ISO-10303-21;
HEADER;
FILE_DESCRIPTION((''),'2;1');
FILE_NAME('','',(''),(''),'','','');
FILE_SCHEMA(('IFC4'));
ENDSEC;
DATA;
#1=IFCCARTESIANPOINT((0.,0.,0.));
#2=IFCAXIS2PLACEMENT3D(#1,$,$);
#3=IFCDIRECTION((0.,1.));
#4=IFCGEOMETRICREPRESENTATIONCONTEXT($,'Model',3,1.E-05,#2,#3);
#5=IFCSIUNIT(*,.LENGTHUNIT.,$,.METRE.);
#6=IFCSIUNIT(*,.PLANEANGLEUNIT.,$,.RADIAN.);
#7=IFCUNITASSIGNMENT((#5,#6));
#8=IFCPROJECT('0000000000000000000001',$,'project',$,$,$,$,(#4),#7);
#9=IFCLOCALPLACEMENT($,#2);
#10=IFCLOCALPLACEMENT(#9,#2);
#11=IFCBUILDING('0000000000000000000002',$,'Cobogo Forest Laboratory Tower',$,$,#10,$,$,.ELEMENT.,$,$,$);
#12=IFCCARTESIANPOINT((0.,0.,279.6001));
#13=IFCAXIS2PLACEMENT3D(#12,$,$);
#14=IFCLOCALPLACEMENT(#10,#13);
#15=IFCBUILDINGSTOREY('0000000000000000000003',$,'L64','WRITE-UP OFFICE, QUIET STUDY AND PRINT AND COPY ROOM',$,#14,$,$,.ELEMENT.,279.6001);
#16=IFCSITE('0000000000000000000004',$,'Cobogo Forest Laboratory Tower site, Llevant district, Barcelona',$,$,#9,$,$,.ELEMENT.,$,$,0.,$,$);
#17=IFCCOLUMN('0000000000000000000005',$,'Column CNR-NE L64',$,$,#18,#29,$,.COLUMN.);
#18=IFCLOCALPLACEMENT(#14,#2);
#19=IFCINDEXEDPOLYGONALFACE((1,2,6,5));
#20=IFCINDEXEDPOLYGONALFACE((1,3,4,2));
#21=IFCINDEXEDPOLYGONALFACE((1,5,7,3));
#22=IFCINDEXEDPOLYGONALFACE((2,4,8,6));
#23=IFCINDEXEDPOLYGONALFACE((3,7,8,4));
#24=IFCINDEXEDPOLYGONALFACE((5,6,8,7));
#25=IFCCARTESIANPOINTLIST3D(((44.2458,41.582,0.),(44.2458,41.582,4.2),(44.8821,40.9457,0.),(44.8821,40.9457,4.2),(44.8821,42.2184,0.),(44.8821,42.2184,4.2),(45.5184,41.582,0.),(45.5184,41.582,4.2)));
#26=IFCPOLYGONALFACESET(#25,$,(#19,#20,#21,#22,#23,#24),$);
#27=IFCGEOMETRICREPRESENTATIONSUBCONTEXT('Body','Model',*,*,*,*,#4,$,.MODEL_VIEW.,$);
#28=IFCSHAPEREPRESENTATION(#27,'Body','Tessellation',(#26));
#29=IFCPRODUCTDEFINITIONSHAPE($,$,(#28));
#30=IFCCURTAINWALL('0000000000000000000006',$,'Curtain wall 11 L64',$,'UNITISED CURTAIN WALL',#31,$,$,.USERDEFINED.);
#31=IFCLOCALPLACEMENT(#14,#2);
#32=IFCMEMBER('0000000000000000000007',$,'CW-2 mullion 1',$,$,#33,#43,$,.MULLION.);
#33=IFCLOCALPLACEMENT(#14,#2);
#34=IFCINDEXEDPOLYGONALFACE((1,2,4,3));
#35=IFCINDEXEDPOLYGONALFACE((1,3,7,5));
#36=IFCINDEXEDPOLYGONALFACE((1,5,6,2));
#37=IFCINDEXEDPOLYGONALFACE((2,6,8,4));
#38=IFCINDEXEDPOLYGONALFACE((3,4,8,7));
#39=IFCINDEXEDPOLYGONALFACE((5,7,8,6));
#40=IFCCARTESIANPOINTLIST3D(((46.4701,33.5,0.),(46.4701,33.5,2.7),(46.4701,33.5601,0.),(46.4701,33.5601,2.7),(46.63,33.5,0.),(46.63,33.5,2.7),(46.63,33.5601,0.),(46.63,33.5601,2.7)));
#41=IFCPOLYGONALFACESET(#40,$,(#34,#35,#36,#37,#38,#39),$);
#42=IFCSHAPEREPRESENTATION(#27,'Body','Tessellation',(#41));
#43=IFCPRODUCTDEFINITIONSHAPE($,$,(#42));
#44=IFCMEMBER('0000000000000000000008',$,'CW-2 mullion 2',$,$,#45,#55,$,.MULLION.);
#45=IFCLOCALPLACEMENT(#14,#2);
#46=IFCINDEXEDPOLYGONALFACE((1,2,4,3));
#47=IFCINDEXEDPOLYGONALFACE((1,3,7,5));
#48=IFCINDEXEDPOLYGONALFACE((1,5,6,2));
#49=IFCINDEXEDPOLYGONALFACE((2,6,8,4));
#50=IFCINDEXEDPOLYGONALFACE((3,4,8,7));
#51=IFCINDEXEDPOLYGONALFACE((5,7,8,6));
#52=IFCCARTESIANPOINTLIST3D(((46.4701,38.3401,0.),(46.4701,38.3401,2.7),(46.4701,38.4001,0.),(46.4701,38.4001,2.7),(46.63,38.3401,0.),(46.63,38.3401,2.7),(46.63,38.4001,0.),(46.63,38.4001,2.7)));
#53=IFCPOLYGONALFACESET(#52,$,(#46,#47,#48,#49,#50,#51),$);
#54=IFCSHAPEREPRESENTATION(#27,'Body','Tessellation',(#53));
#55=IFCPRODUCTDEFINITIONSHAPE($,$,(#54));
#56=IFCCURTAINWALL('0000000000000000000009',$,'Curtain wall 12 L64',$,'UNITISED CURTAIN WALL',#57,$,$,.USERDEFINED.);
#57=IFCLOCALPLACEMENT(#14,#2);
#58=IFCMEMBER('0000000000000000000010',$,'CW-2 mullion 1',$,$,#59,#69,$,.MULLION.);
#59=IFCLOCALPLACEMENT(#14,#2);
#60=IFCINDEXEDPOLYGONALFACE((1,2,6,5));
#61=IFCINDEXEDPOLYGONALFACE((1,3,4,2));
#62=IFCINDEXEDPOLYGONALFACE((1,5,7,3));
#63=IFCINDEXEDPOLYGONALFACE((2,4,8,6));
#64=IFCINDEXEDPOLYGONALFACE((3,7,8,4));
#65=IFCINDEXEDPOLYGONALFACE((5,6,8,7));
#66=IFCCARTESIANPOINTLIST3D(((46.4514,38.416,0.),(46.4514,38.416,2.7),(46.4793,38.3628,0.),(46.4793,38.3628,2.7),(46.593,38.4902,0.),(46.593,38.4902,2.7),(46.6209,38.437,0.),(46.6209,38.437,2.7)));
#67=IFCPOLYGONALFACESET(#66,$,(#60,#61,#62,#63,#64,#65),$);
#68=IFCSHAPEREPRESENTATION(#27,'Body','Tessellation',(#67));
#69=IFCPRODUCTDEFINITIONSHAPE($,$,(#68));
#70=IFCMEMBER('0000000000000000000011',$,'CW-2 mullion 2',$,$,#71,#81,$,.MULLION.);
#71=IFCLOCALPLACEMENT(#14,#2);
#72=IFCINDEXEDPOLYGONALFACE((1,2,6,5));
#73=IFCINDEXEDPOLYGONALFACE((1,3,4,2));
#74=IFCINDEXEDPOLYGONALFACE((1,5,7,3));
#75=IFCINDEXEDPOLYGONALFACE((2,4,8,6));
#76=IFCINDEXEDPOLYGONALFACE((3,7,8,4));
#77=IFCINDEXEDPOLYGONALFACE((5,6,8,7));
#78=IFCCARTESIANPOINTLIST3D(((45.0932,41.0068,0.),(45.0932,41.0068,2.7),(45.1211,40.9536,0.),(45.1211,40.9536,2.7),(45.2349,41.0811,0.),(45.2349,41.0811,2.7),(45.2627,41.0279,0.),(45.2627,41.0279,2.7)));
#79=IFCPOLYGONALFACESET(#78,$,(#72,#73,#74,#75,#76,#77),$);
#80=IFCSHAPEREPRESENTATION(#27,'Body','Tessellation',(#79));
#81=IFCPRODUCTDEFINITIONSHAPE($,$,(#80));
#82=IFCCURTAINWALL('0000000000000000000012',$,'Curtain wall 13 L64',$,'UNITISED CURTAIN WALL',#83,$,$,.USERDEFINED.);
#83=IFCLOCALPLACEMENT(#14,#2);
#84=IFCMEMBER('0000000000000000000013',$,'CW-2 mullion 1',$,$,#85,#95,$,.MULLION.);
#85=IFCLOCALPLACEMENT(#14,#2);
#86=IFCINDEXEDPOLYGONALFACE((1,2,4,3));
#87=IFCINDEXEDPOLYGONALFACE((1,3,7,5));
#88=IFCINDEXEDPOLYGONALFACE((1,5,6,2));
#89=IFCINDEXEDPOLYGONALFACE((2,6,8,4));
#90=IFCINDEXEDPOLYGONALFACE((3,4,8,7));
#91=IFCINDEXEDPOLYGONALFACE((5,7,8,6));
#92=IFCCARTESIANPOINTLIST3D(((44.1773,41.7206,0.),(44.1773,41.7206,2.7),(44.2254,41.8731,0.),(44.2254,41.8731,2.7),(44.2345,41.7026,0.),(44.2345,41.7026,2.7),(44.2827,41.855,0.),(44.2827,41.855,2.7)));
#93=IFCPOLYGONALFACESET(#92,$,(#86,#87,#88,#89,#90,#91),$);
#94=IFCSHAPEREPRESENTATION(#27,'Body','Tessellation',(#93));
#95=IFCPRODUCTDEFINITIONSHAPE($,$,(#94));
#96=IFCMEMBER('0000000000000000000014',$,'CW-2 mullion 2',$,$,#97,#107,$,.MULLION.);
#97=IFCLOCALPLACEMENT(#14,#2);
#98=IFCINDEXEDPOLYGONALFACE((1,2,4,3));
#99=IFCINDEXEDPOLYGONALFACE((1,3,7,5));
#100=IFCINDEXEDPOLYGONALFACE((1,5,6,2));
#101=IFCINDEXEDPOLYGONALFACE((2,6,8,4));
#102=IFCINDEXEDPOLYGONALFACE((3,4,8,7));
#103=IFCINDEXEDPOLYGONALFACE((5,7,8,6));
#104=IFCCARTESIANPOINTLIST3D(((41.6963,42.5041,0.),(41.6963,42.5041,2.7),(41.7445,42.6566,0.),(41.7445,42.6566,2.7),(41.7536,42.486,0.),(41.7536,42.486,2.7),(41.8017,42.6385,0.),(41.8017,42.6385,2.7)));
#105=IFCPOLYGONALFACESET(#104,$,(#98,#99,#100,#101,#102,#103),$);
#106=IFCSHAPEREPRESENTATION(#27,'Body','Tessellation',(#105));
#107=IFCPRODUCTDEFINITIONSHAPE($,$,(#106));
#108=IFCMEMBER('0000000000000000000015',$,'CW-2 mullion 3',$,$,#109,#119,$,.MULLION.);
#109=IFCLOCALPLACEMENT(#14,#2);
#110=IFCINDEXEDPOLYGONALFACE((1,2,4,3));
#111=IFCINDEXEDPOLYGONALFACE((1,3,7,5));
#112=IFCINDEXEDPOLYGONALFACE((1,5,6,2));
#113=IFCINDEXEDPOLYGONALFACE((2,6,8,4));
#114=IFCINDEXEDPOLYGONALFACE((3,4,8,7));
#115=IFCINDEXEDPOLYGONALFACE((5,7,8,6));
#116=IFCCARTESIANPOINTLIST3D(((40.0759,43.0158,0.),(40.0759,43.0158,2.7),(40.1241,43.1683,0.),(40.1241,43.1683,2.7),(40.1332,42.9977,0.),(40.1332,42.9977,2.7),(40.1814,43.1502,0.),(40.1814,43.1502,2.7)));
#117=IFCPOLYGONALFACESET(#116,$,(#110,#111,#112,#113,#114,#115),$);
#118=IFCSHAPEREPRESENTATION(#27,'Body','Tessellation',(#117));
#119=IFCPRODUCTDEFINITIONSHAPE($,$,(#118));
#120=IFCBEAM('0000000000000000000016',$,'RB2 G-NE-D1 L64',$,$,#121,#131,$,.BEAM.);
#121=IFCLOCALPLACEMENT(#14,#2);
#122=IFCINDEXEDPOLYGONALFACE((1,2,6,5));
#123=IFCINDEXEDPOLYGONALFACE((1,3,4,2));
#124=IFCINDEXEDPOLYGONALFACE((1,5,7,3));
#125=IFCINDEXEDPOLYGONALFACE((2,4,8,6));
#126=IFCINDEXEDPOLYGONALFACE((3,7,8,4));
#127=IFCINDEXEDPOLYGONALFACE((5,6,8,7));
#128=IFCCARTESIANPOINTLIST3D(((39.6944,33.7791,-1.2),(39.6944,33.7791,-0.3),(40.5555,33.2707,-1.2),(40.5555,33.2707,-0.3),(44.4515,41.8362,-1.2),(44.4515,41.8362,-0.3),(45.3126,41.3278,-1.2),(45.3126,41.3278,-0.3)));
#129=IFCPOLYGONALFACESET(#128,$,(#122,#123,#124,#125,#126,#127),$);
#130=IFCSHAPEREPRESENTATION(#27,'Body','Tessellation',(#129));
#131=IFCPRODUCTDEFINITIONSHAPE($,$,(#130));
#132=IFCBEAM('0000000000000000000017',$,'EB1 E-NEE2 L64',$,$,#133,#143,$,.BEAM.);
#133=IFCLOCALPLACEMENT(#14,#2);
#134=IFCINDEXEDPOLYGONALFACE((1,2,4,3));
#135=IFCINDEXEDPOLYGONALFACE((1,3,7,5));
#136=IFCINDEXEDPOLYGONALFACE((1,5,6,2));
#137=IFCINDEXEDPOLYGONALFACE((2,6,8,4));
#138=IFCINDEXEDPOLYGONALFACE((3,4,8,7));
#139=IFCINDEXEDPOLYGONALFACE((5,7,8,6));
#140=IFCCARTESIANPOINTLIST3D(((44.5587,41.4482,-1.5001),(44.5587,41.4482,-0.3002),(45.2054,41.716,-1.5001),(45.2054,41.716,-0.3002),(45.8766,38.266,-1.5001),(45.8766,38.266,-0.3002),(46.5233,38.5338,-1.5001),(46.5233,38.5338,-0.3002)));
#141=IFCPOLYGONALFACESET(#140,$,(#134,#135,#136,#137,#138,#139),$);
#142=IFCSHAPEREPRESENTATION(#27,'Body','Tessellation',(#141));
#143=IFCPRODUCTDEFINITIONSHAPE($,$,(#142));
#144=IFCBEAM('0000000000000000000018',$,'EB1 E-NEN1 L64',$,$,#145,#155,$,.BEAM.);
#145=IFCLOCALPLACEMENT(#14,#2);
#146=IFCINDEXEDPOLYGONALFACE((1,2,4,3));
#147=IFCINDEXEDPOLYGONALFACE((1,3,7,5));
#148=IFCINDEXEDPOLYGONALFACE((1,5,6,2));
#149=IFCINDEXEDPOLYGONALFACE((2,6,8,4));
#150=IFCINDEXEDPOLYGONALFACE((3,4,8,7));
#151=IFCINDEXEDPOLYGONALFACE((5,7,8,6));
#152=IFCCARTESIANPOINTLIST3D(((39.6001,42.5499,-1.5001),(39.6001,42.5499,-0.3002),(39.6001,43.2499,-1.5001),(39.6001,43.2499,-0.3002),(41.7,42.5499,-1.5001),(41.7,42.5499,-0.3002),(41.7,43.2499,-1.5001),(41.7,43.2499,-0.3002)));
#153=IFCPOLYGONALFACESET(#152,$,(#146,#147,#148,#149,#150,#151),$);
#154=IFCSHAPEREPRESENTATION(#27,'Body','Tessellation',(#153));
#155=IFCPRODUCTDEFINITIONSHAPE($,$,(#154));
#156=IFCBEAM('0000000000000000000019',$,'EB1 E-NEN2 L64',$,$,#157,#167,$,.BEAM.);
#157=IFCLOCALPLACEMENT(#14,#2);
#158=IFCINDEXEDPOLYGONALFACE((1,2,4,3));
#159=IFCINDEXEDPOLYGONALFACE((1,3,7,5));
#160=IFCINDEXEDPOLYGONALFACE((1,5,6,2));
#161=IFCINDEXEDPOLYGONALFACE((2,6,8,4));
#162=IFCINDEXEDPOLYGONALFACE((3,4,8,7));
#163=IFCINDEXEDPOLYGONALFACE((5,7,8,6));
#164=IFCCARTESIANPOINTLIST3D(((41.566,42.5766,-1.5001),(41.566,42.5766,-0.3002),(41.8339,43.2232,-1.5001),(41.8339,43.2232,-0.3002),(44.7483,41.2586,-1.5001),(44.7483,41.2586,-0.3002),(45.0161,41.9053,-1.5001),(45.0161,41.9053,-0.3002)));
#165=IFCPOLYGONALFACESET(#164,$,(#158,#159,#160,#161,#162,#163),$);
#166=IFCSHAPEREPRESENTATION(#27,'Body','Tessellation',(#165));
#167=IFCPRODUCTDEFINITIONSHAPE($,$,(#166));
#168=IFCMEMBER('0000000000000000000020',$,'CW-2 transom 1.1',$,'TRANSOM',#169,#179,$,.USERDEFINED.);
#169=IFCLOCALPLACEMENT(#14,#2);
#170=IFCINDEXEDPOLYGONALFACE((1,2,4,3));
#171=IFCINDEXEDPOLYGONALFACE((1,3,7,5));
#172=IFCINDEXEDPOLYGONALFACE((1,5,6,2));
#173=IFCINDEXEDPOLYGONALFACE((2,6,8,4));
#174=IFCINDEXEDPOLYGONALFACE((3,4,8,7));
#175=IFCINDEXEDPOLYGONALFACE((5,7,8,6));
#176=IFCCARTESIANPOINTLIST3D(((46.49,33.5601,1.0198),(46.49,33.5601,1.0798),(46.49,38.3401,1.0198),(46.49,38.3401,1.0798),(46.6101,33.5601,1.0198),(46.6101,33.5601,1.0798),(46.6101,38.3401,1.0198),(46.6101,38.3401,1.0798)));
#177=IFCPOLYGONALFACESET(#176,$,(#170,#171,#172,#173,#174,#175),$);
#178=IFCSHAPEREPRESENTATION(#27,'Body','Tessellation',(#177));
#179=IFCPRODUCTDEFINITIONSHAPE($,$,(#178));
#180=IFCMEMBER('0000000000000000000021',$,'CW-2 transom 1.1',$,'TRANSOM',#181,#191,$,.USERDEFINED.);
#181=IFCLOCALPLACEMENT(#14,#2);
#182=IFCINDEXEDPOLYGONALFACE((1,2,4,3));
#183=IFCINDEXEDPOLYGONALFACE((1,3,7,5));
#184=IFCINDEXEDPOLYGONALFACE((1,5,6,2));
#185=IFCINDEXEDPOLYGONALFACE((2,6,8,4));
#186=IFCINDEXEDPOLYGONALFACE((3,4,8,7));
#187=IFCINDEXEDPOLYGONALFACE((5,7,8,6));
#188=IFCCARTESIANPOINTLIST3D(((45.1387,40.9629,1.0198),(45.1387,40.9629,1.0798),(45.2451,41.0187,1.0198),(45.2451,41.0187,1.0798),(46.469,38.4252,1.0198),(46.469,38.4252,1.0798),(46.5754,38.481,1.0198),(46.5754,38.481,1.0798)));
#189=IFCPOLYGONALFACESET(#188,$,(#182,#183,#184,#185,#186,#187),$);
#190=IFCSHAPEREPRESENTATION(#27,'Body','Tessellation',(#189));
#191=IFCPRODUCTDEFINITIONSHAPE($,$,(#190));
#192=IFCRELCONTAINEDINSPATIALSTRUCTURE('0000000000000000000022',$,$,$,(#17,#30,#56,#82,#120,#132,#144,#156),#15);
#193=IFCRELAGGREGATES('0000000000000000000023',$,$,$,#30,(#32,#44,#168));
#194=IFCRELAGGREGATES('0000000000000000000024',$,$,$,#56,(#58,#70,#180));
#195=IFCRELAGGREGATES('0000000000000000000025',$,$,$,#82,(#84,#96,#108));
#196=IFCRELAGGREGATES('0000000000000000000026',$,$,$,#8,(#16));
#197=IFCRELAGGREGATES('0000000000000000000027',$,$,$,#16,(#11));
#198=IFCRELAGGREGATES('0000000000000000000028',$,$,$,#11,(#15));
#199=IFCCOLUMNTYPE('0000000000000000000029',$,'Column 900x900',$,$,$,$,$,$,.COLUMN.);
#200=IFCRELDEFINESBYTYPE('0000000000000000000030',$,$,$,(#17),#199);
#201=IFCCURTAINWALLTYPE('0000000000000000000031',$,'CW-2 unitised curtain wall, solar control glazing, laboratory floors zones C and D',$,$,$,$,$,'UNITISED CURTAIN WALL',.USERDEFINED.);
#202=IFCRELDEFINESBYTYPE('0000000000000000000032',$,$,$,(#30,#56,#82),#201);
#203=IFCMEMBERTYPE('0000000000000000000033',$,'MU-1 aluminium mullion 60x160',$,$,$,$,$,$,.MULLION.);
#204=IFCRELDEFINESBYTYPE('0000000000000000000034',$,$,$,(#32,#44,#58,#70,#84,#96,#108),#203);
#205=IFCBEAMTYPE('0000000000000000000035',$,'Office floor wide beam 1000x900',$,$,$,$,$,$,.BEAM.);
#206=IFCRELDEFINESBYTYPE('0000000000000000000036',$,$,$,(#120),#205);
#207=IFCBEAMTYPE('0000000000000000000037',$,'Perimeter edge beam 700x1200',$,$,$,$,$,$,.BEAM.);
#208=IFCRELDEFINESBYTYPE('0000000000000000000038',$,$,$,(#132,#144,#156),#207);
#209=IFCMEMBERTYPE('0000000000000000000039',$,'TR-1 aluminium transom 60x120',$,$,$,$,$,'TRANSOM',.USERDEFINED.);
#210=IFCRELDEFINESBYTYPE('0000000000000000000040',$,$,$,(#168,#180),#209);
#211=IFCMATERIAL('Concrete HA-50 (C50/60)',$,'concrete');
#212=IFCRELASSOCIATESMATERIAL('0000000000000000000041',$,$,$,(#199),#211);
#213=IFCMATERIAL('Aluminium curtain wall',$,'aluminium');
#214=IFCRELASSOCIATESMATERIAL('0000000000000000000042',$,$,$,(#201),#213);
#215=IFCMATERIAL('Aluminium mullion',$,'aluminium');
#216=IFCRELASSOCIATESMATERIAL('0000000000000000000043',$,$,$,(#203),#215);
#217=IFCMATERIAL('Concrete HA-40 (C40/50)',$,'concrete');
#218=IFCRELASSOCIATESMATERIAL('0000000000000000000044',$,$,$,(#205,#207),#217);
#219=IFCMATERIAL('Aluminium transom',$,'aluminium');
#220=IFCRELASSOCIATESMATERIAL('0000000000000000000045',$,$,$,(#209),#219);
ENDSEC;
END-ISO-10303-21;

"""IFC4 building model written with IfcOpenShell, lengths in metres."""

from ifc_helpers import new_model, si_unit, direction, frame, origin, origin_2d, place, context, subcontext, project, spatial, rectangle, extrude, material, material_profile, profile_set, type_object, element, aggregate, save


model = new_model("IFC4")

# Units and contexts
model_context = context("Model", 3, precision=1e-05, world=origin(), true_north=direction((0.0, 1.0)))
body_context = subcontext(model_context, "Body", "Model", "MODEL_VIEW")
ifc_project = project(units=[si_unit("LENGTHUNIT", "METRE"), si_unit("PLANEANGLEUNIT", "RADIAN")], contexts=[model_context])

# Site, building, storey
site_placement = place(None, origin())
site = spatial("IfcSite", under=ifc_project, at=site_placement, Name="Cobogo Forest Laboratory Tower site, Llevant district, Barcelona", CompositionType="ELEMENT", RefElevation=0.0)
building_placement = place(site_placement, origin())
building = spatial("IfcBuilding", under=site, at=building_placement, Name="Cobogo Forest Laboratory Tower", CompositionType="ELEMENT")
storey_placement = place(building_placement, frame((0.0, 0.0, 279.6001)))
storey = spatial("IfcBuildingStorey", under=building, at=storey_placement, Name="L64", Description="WRITE-UP OFFICE, QUIET STUDY AND PRINT AND COPY ROOM", CompositionType="ELEMENT", Elevation=279.6001)

# Column
ifc_material_1 = material(Name="Concrete HA-50 (C50/60)", Category="concrete")
ifc_material_profile_1 = material_profile(ifc_material_1, rectangle(XDim=0.8999, YDim=0.8999, at=origin_2d()), Name="RC 900x900")
ifc_profile_set_1 = profile_set([ifc_material_profile_1], Name="Concrete HA-50 (C50/60)")
column_type = type_object("IfcColumnType", Name="Column 900x900", PredefinedType="COLUMN", material=ifc_profile_set_1)
column_placement = place(storey_placement, frame((44.8821, 41.582, 0.0), z_axis=(0.0, 0.0, 1.0), x_axis=(0.707107, 0.707107, 0.0)))
element("IfcColumn", 1, at=column_placement, inside=storey, type_object=column_type, Name="Column CNR-NE L64", PredefinedType="COLUMN", context=body_context, shape_type="SweptSolid", body=[
    extrude(rectangle(XDim=0.8999, YDim=0.8999, at=origin_2d()), origin(), (0.0, 0.0, 1.0), 4.2),
])

# Curtain walls, members
ifc_material_2 = material(Name="Aluminium curtain wall", Category="aluminium")
curtain_wall_type = type_object("IfcCurtainWallType", Name="CW-2 unitised curtain wall, solar control glazing, laboratory floors zones C and D", ElementType="UNITISED CURTAIN WALL", PredefinedType="USERDEFINED", material=ifc_material_2)
curtain_wall_1_placement = place(storey_placement, origin())
curtain_wall_1 = element("IfcCurtainWall", 2, at=curtain_wall_1_placement, inside=storey, type_object=curtain_wall_type, Name="Curtain wall 11 L64", ObjectType="UNITISED CURTAIN WALL", PredefinedType="USERDEFINED")
ifc_material_3 = material(Name="Aluminium mullion", Category="aluminium")
ifc_material_profile_2 = material_profile(ifc_material_3, rectangle(XDim=0.0601, YDim=0.1599, at=origin_2d()), Name="AL 60x160")
ifc_profile_set_2 = profile_set([ifc_material_profile_2], Name="Aluminium mullion")
member_type_1 = type_object("IfcMemberType", Name="MU-1 aluminium mullion 60x160", PredefinedType="MULLION", material=ifc_profile_set_2)
member_1_placement = place(storey_placement, frame((46.55, 33.53, 0.0), z_axis=(0.0, 0.0, 1.0), x_axis=(0.0, 1.0, 0.0)))
member_1 = element("IfcMember", 3, at=member_1_placement, type_object=member_type_1, Name="CW-2 mullion 1", PredefinedType="MULLION", context=body_context, shape_type="SweptSolid", body=[
    extrude(rectangle(XDim=0.0601, YDim=0.1599, at=origin_2d()), origin(), (0.0, 0.0, 1.0), 2.7),
])
member_2_placement = place(storey_placement, frame((46.55, 38.3701, 0.0), z_axis=(0.0, 0.0, 1.0), x_axis=(0.0, 1.0, 0.0)))
member_2 = element("IfcMember", 4, at=member_2_placement, type_object=member_type_1, Name="CW-2 mullion 2", PredefinedType="MULLION", context=body_context, shape_type="SweptSolid", body=[
    extrude(rectangle(XDim=0.0601, YDim=0.1599, at=origin_2d()), origin(), (0.0, 0.0, 1.0), 2.7),
])
curtain_wall_2_placement = place(storey_placement, origin())
curtain_wall_2 = element("IfcCurtainWall", 5, at=curtain_wall_2_placement, inside=storey, type_object=curtain_wall_type, Name="Curtain wall 12 L64", ObjectType="UNITISED CURTAIN WALL", PredefinedType="USERDEFINED")
member_3_placement = place(storey_placement, frame((46.5361, 38.4265, 0.0), z_axis=(0.0, 0.0, 1.0), x_axis=(-0.464284, 0.885686, 0.0)))
member_3 = element("IfcMember", 6, at=member_3_placement, type_object=member_type_1, Name="CW-2 mullion 1", PredefinedType="MULLION", context=body_context, shape_type="SweptSolid", body=[
    extrude(rectangle(XDim=0.0601, YDim=0.1599, at=origin_2d()), origin(), (0.0, 0.0, 1.0), 2.7),
])
member_4_placement = place(storey_placement, frame((45.178, 41.0173, 0.0), z_axis=(0.0, 0.0, 1.0), x_axis=(-0.464284, 0.885686, 0.0)))
member_4 = element("IfcMember", 7, at=member_4_placement, type_object=member_type_1, Name="CW-2 mullion 2", PredefinedType="MULLION", context=body_context, shape_type="SweptSolid", body=[
    extrude(rectangle(XDim=0.0601, YDim=0.1599, at=origin_2d()), origin(), (0.0, 0.0, 1.0), 2.7),
])
curtain_wall_3_placement = place(storey_placement, origin())
curtain_wall_3 = element("IfcCurtainWall", 8, at=curtain_wall_3_placement, inside=storey, type_object=curtain_wall_type, Name="Curtain wall 13 L64", ObjectType="UNITISED CURTAIN WALL", PredefinedType="USERDEFINED")
member_5_placement = place(storey_placement, frame((44.23, 41.7878, 0.0), z_axis=(0.0, 0.0, 1.0), x_axis=(-0.953581, 0.301135, 0.0)))
member_5 = element("IfcMember", 9, at=member_5_placement, type_object=member_type_1, Name="CW-2 mullion 1", PredefinedType="MULLION", context=body_context, shape_type="SweptSolid", body=[
    extrude(rectangle(XDim=0.0601, YDim=0.1599, at=origin_2d()), origin(), (0.0, 0.0, 1.0), 2.7),
])
member_6_placement = place(storey_placement, frame((41.749, 42.5713, 0.0), z_axis=(0.0, 0.0, 1.0), x_axis=(-0.953581, 0.301135, 0.0)))
member_6 = element("IfcMember", 10, at=member_6_placement, type_object=member_type_1, Name="CW-2 mullion 2", PredefinedType="MULLION", context=body_context, shape_type="SweptSolid", body=[
    extrude(rectangle(XDim=0.0601, YDim=0.1599, at=origin_2d()), origin(), (0.0, 0.0, 1.0), 2.7),
])
member_7_placement = place(storey_placement, frame((40.1287, 43.083, 0.0), z_axis=(0.0, 0.0, 1.0), x_axis=(-0.953581, 0.301135, 0.0)))
member_7 = element("IfcMember", 11, at=member_7_placement, type_object=member_type_1, Name="CW-2 mullion 3", PredefinedType="MULLION", context=body_context, shape_type="SweptSolid", body=[
    extrude(rectangle(XDim=0.0601, YDim=0.1599, at=origin_2d()), origin(), (0.0, 0.0, 1.0), 2.7),
])

# Beams
ifc_material_4 = material(Name="Concrete HA-40 (C40/50)", Category="concrete")
ifc_material_profile_3 = material_profile(ifc_material_4, rectangle(XDim=1.0, YDim=0.8999, at=origin_2d()), Name="RC 1000x900")
ifc_profile_set_3 = profile_set([ifc_material_profile_3], Name="Concrete HA-40 (C40/50)")
beam_type_1 = type_object("IfcBeamType", Name="Office floor wide beam 1000x900", PredefinedType="BEAM", material=ifc_profile_set_3)
beam_1_placement = place(storey_placement, frame((44.8821, 41.582, -0.75), z_axis=(-0.508416, -0.861111, 0.0), x_axis=(0.861111, -0.508416, 0.0)))
element("IfcBeam", 12, at=beam_1_placement, inside=storey, type_object=beam_type_1, Name="RB2 G-NE-D1 L64", PredefinedType="BEAM", context=body_context, shape_type="SweptSolid", body=[
    extrude(rectangle(XDim=1.0, YDim=0.8999, at=origin_2d()), origin(), (0.0, 0.0, 1.0), 9.3567),
])
ifc_material_profile_4 = material_profile(ifc_material_4, rectangle(XDim=0.7, YDim=1.2, at=origin_2d()), Name="RC 700x1200")
ifc_profile_set_4 = profile_set([ifc_material_profile_4], Name="Concrete HA-40 (C40/50)")
beam_type_2 = type_object("IfcBeamType", Name="Perimeter edge beam 700x1200", PredefinedType="BEAM", material=ifc_profile_set_4)
beam_2_placement = place(storey_placement, frame((46.2, 38.3999, -0.9001), z_axis=(-0.382631, 0.923901, 0.0), x_axis=(-0.923901, -0.382631, 0.0)))
element("IfcBeam", 13, at=beam_2_placement, inside=storey, type_object=beam_type_2, Name="EB1 E-NEE2 L64", PredefinedType="BEAM", context=body_context, shape_type="SweptSolid", body=[
    extrude(rectangle(XDim=0.7, YDim=1.2, at=origin_2d()), origin(), (0.0, 0.0, 1.0), 3.4443),
])
beam_3_placement = place(storey_placement, frame((39.6001, 42.8999, -0.9001), z_axis=(1.0, 0.0, 0.0), x_axis=(0.0, 1.0, 0.0)))
element("IfcBeam", 14, at=beam_3_placement, inside=storey, type_object=beam_type_2, Name="EB1 E-NEN1 L64", PredefinedType="BEAM", context=body_context, shape_type="SweptSolid", body=[
    extrude(rectangle(XDim=0.7, YDim=1.2, at=origin_2d()), origin(), (0.0, 0.0, 1.0), 2.0999),
])
beam_4_placement = place(storey_placement, frame((41.7, 42.8999, -0.9001), z_axis=(0.923901, -0.382631, 0.0), x_axis=(0.382631, 0.923901, 0.0)))
element("IfcBeam", 15, at=beam_4_placement, inside=storey, type_object=beam_type_2, Name="EB1 E-NEN2 L64", PredefinedType="BEAM", context=body_context, shape_type="SweptSolid", body=[
    extrude(rectangle(XDim=0.7, YDim=1.2, at=origin_2d()), origin(), (0.0, 0.0, 1.0), 3.4443),
])

# Members
ifc_material_5 = material(Name="Aluminium transom", Category="aluminium")
ifc_material_profile_5 = material_profile(ifc_material_5, rectangle(XDim=0.1201, YDim=0.0601, at=origin_2d()), Name="AL 60x120")
ifc_profile_set_5 = profile_set([ifc_material_profile_5], Name="Aluminium transom")
member_type_2 = type_object("IfcMemberType", Name="TR-1 aluminium transom 60x120", ElementType="TRANSOM", PredefinedType="USERDEFINED", material=ifc_profile_set_5)
member_8_placement = place(storey_placement, frame((46.55, 33.5601, 1.0498), z_axis=(0.0, 1.0, 0.0), x_axis=(-1.0, 0.0, 0.0)))
member_8 = element("IfcMember", 16, at=member_8_placement, type_object=member_type_2, Name="CW-2 transom 1.1", ObjectType="TRANSOM", PredefinedType="USERDEFINED", context=body_context, shape_type="SweptSolid", body=[
    extrude(rectangle(XDim=0.1201, YDim=0.0601, at=origin_2d()), origin(), (0.0, 0.0, 1.0), 4.78),
])
member_9_placement = place(storey_placement, frame((46.5222, 38.4531, 1.0498), z_axis=(-0.464309, 0.885673, 0.0), x_axis=(-0.885673, -0.464309, 0.0)))
member_9 = element("IfcMember", 17, at=member_9_placement, type_object=member_type_2, Name="CW-2 transom 1.1", ObjectType="TRANSOM", PredefinedType="USERDEFINED", context=body_context, shape_type="SweptSolid", body=[
    extrude(rectangle(XDim=0.1201, YDim=0.0601, at=origin_2d()), origin(), (0.0, 0.0, 1.0), 2.8652),
])

aggregate(curtain_wall_1, [member_1, member_2, member_8])
aggregate(curtain_wall_2, [member_3, member_4, member_9])
aggregate(curtain_wall_3, [member_5, member_6, member_7])

save(model, "model.ifc")
